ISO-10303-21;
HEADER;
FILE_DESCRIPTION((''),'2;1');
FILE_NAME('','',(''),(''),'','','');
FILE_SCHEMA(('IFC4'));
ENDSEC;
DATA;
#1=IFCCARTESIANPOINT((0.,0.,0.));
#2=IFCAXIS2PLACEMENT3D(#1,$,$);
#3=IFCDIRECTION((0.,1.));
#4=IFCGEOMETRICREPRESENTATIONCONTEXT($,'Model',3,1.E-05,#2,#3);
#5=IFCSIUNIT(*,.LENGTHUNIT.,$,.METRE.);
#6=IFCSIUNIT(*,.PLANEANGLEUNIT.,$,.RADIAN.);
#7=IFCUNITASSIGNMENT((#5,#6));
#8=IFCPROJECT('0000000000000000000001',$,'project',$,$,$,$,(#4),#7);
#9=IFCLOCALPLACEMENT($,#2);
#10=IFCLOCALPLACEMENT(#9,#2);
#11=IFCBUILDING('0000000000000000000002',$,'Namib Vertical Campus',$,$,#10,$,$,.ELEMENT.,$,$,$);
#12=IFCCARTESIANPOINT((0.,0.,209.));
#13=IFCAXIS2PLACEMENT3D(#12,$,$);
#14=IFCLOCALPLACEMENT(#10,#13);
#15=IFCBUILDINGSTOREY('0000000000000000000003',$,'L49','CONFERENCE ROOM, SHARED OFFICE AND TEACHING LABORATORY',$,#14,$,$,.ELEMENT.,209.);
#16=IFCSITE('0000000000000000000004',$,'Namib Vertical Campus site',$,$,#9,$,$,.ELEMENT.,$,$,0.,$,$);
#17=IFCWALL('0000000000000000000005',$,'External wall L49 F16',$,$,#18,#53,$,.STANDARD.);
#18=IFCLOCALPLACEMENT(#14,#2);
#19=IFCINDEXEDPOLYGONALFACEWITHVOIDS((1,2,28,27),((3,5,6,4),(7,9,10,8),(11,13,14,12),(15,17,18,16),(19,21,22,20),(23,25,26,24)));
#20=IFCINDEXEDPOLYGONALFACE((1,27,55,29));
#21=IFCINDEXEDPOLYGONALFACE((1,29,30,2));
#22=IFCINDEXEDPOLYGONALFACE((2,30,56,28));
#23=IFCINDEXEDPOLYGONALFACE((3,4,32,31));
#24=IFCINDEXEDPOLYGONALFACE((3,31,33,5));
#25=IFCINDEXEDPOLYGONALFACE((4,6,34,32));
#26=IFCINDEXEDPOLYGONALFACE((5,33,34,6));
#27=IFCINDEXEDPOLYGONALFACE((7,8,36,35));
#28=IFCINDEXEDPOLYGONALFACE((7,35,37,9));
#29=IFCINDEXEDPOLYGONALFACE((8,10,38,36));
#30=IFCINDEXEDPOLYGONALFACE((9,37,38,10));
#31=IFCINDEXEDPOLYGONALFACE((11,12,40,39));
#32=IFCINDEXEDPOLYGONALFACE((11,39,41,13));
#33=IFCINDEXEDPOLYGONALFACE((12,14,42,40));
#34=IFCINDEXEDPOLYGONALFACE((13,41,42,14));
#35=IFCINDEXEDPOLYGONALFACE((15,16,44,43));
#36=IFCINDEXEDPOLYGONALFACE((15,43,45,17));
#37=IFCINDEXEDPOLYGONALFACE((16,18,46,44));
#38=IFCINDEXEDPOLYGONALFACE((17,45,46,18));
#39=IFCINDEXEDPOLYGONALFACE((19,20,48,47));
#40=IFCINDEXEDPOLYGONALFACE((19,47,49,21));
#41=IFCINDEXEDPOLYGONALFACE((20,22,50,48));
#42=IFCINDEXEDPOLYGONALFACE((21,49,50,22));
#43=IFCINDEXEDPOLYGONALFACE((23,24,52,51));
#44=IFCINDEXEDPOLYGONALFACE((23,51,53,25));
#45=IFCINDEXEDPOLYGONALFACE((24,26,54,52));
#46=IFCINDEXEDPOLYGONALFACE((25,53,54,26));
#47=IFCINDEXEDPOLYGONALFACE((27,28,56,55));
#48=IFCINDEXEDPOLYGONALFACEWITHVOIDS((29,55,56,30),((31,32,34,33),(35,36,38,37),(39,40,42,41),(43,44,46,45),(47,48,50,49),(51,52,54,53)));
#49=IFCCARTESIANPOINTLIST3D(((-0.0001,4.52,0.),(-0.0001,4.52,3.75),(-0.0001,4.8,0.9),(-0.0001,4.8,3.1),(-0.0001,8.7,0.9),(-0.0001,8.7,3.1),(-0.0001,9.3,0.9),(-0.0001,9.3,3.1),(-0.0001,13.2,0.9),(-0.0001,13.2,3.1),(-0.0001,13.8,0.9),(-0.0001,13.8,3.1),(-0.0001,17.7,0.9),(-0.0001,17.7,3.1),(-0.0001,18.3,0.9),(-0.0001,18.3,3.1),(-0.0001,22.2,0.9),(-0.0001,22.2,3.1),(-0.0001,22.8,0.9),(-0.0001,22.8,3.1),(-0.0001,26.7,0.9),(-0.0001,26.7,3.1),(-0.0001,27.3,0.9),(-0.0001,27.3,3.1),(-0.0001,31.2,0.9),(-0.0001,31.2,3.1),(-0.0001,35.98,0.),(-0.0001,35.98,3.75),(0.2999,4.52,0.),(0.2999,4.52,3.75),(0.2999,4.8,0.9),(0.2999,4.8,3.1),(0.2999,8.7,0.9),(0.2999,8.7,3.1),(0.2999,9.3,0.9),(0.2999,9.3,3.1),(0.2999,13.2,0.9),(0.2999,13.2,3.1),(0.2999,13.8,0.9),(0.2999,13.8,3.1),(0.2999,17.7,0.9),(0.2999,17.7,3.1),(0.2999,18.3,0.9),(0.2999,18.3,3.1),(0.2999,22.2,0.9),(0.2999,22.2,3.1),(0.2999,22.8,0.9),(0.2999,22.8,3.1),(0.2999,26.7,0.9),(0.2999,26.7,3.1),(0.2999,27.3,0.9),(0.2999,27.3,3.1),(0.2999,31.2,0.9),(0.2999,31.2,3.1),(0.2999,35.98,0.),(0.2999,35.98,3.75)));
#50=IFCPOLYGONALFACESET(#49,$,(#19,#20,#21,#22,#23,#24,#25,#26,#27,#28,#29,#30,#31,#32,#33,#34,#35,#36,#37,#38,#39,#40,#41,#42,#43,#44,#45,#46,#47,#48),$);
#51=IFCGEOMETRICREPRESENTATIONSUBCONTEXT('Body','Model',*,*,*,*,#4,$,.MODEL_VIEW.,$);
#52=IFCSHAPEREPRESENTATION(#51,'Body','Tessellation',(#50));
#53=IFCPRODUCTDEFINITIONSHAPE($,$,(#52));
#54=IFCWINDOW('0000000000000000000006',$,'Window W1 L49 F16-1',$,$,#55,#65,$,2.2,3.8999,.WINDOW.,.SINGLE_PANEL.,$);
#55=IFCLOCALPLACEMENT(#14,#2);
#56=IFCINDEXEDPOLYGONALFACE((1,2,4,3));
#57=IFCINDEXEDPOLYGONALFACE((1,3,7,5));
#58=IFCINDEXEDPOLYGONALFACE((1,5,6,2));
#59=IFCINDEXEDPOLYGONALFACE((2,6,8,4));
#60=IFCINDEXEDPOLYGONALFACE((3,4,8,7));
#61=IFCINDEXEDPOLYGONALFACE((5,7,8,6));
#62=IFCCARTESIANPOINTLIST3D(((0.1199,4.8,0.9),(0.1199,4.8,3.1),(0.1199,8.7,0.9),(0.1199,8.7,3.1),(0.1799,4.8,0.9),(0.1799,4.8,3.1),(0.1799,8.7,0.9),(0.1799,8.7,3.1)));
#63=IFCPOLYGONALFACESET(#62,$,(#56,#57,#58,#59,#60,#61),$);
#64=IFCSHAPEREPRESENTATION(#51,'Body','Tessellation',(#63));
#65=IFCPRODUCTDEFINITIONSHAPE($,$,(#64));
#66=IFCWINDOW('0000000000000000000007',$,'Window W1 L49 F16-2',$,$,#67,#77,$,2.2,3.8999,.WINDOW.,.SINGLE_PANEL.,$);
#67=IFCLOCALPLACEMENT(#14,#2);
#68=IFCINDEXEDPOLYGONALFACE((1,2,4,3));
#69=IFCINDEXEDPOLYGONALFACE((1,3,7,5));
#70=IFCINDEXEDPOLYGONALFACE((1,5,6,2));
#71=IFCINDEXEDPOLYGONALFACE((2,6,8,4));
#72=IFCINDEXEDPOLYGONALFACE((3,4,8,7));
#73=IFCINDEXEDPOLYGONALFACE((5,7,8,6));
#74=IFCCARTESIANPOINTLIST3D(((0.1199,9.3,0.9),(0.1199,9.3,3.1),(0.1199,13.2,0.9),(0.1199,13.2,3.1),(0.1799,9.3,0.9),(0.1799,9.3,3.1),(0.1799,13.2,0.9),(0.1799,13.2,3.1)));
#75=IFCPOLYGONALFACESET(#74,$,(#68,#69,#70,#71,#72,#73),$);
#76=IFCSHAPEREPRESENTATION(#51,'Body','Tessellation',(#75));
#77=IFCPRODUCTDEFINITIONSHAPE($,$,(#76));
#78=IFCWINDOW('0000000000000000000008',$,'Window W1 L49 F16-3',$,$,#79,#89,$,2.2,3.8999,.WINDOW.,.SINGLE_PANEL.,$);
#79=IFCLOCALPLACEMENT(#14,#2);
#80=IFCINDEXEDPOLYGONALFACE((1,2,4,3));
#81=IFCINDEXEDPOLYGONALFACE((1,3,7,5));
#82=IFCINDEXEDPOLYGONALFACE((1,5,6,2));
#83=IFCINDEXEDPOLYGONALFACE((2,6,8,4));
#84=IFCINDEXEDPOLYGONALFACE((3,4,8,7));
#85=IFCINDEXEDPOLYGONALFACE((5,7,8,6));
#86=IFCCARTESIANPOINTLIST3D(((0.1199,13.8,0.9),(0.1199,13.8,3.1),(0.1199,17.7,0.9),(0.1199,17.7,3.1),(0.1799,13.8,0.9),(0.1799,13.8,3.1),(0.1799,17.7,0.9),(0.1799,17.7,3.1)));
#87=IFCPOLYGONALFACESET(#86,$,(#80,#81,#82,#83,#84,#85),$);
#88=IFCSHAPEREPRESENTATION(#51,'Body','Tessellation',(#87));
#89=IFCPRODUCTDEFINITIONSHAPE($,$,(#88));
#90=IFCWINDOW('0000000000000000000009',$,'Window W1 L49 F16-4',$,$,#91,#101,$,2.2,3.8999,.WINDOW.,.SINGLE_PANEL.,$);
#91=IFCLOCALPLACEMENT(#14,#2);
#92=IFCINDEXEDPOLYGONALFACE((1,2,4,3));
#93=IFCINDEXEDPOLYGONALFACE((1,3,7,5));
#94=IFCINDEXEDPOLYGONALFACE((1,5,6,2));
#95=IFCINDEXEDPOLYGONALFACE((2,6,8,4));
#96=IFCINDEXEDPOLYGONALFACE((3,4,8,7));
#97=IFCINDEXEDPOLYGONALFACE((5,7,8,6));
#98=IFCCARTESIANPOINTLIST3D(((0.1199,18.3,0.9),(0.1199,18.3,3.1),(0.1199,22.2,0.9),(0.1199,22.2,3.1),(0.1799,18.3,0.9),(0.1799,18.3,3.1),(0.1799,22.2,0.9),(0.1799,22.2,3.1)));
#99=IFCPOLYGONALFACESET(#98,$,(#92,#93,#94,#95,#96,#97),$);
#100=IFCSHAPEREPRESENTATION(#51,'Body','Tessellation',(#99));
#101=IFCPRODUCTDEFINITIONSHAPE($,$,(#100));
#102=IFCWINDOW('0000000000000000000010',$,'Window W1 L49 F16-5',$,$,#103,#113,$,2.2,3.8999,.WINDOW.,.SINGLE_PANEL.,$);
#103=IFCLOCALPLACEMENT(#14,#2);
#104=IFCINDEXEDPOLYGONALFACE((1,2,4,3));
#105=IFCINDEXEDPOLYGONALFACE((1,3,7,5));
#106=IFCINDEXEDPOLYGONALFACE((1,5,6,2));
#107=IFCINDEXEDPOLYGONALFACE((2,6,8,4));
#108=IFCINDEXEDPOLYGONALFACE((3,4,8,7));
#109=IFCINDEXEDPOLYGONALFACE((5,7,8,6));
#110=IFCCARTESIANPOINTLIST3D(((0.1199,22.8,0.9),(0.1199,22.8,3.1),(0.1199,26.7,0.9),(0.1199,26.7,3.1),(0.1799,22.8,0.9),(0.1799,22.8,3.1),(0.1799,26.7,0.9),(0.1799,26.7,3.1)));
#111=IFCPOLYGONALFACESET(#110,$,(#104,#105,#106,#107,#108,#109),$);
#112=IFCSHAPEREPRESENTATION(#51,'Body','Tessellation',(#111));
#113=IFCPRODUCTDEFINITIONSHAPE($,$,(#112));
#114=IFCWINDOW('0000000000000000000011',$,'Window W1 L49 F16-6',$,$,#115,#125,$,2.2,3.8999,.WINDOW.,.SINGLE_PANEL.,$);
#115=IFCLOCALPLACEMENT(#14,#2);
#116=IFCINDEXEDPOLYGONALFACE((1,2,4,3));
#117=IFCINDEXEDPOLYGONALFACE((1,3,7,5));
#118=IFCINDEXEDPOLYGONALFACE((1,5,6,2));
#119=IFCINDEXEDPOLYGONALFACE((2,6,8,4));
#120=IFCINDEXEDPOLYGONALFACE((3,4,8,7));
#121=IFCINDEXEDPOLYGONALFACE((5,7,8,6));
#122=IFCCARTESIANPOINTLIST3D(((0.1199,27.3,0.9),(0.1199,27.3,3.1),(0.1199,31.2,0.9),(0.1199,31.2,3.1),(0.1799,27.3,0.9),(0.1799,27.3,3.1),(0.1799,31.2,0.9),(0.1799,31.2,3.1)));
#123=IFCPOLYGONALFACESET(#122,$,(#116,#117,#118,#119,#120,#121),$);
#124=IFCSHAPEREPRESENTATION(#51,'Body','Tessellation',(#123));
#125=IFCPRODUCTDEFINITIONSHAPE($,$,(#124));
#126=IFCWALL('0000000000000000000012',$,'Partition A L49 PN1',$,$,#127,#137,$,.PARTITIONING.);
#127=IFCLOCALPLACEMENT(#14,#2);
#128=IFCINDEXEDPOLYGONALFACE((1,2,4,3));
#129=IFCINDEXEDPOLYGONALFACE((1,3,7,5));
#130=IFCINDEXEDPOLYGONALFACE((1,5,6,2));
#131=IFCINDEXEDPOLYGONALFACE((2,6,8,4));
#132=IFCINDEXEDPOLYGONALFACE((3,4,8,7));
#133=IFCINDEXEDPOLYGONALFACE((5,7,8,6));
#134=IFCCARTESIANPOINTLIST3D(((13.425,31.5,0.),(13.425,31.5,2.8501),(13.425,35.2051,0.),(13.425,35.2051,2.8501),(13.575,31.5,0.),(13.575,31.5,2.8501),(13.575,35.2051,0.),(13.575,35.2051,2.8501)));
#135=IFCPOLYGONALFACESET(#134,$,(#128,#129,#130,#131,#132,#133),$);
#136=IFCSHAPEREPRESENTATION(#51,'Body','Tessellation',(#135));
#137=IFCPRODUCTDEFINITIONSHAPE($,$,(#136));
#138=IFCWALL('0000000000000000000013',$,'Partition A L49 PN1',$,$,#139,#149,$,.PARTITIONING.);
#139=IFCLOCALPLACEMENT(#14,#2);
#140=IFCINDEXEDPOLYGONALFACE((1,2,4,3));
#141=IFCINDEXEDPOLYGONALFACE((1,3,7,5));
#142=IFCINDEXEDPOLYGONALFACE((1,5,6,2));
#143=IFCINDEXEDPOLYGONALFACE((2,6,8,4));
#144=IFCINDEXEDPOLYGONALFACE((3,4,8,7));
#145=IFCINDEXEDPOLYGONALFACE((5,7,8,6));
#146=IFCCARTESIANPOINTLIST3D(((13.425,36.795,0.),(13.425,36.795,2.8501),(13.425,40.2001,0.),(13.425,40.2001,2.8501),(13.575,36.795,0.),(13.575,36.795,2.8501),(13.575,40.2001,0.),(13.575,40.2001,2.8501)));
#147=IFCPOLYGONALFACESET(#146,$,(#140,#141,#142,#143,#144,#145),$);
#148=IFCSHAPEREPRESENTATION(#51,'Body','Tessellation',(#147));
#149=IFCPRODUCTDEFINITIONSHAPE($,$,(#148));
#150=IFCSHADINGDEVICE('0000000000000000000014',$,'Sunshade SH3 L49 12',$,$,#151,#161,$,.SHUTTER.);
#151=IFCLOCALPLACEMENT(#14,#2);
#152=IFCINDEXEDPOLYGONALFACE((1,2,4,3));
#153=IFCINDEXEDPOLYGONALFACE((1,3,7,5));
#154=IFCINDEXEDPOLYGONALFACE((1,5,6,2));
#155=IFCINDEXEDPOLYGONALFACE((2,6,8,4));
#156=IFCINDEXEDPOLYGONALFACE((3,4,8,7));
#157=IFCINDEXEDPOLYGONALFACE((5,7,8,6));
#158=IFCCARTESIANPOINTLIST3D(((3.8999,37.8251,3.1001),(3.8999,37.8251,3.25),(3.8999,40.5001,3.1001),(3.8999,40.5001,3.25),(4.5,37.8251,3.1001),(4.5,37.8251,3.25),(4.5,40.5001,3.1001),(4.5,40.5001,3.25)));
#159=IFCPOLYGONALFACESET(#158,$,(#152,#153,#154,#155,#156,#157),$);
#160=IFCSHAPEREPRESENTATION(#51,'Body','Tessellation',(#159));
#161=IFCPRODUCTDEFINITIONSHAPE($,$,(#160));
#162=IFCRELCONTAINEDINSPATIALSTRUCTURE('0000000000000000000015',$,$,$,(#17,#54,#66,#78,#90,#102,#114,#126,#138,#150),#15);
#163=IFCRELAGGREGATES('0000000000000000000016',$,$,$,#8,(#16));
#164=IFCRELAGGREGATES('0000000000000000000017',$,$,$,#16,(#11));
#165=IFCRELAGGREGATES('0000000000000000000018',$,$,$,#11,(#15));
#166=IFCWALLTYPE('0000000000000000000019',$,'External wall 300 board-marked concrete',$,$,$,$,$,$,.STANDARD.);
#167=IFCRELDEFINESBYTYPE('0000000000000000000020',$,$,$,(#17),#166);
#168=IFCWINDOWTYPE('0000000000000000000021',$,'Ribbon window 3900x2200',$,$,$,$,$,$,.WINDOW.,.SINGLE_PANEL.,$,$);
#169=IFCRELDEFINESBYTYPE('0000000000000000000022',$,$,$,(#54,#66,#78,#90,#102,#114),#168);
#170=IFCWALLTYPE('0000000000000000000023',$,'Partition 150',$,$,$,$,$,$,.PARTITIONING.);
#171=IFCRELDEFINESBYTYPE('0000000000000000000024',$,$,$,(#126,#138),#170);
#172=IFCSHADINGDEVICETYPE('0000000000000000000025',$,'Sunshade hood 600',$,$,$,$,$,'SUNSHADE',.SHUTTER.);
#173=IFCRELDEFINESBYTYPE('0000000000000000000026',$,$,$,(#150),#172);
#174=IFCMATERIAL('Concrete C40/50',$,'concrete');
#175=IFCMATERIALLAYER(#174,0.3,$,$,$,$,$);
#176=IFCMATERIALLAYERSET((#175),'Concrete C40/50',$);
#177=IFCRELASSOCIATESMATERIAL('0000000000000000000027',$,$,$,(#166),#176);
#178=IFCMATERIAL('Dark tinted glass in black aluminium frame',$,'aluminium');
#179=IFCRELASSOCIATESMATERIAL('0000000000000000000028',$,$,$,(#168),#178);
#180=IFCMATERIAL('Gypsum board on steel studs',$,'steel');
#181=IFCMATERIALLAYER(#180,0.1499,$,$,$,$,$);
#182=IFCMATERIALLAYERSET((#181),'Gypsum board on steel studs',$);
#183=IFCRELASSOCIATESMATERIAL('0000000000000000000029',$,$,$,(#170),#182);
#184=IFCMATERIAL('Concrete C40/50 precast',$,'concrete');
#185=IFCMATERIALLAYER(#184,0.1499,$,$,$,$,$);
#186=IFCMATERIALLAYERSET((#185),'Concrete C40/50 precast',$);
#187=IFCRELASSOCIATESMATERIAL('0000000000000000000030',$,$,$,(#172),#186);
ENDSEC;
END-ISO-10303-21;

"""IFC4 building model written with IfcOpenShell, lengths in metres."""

from ifc_helpers import new_model, si_unit, direction, frame, frame_2d, origin, origin_2d, place, context, subcontext, project, spatial, rectangle, extrude, material, layer, layer_set, type_object, element, fill, save


model = new_model("IFC4")

# Units and contexts
model_context = context("Model", 3, precision=1e-05, world=origin(), true_north=direction((0.0, 1.0)))
body_context = subcontext(model_context, "Body", "Model", "MODEL_VIEW")
ifc_project = project(units=[si_unit("LENGTHUNIT", "METRE"), si_unit("PLANEANGLEUNIT", "RADIAN")], contexts=[model_context])

# Site, building, storey
site_placement = place(None, origin())
site = spatial("IfcSite", under=ifc_project, at=site_placement, Name="Namib Vertical Campus site", CompositionType="ELEMENT", RefElevation=0.0)
building_placement = place(site_placement, origin())
building = spatial("IfcBuilding", under=site, at=building_placement, Name="Namib Vertical Campus", CompositionType="ELEMENT")
storey_placement = place(building_placement, frame((0.0, 0.0, 209.0)))
storey = spatial("IfcBuildingStorey", under=building, at=storey_placement, Name="L49", Description="CONFERENCE ROOM, SHARED OFFICE AND TEACHING LABORATORY", CompositionType="ELEMENT", Elevation=209.0)

# Shared definitions
ifc_material_1 = material(Name="Concrete C40/50", Category="concrete")
ifc_layer_1 = layer(ifc_material_1, 0.3)
ifc_layer_set_1 = layer_set([ifc_layer_1], Name="Concrete C40/50")
wall_type_1 = type_object("IfcWallType", Name="External wall 300 board-marked concrete", PredefinedType="STANDARD", material=ifc_layer_set_1)

# Wall, openings, windows
wall_1_placement = place(storey_placement, frame((0.1499, 35.98, 0.0), z_axis=(0.0, 0.0, 1.0), x_axis=(0.0, -1.0, 0.0)))
wall_1 = element("IfcWall", 1, at=wall_1_placement, inside=storey, type_object=wall_type_1, Name="External wall L49 F16", PredefinedType="STANDARD", context=body_context, shape_type="SweptSolid", body=[
    extrude(rectangle(XDim=31.46, YDim=0.3, at=frame_2d((15.73, 0.0))), origin(), (0.0, 0.0, 1.0), 3.75),
])
opening_1_placement = place(wall_1_placement, frame((27.28, 0.0, 0.8999)))
opening_1 = element("IfcOpeningElement", 2, at=opening_1_placement, cuts=wall_1, PredefinedType="OPENING", context=body_context, shape_type="SweptSolid", body=[
    extrude(rectangle(XDim=3.8999, YDim=2.2, at=frame_2d((1.95, 1.1001))), frame((0.0, 0.1599, 0.0), z_axis=(0.0, -1.0, 0.0), x_axis=(1.0, 0.0, 0.0)), (0.0, 0.0, 1.0), 0.3201),
])
opening_2_placement = place(wall_1_placement, frame((22.78, 0.0, 0.8999)))
opening_2 = element("IfcOpeningElement", 3, at=opening_2_placement, cuts=wall_1, PredefinedType="OPENING", context=body_context, shape_type="SweptSolid", body=[
    extrude(rectangle(XDim=3.8999, YDim=2.2, at=frame_2d((1.95, 1.1001))), frame((0.0, 0.1599, 0.0), z_axis=(0.0, -1.0, 0.0), x_axis=(1.0, 0.0, 0.0)), (0.0, 0.0, 1.0), 0.3201),
])
opening_3_placement = place(wall_1_placement, frame((18.28, 0.0, 0.8999)))
opening_3 = element("IfcOpeningElement", 4, at=opening_3_placement, cuts=wall_1, PredefinedType="OPENING", context=body_context, shape_type="SweptSolid", body=[
    extrude(rectangle(XDim=3.8999, YDim=2.2, at=frame_2d((1.95, 1.1001))), frame((0.0, 0.1599, 0.0), z_axis=(0.0, -1.0, 0.0), x_axis=(1.0, 0.0, 0.0)), (0.0, 0.0, 1.0), 0.3201),
])
opening_4_placement = place(wall_1_placement, frame((13.78, 0.0, 0.8999)))
opening_4 = element("IfcOpeningElement", 5, at=opening_4_placement, cuts=wall_1, PredefinedType="OPENING", context=body_context, shape_type="SweptSolid", body=[
    extrude(rectangle(XDim=3.8999, YDim=2.2, at=frame_2d((1.95, 1.1001))), frame((0.0, 0.1599, 0.0), z_axis=(0.0, -1.0, 0.0), x_axis=(1.0, 0.0, 0.0)), (0.0, 0.0, 1.0), 0.3201),
])
opening_5_placement = place(wall_1_placement, frame((9.28, 0.0, 0.8999)))
opening_5 = element("IfcOpeningElement", 6, at=opening_5_placement, cuts=wall_1, PredefinedType="OPENING", context=body_context, shape_type="SweptSolid", body=[
    extrude(rectangle(XDim=3.8999, YDim=2.2, at=frame_2d((1.95, 1.1001))), frame((0.0, 0.1599, 0.0), z_axis=(0.0, -1.0, 0.0), x_axis=(1.0, 0.0, 0.0)), (0.0, 0.0, 1.0), 0.3201),
])
opening_6_placement = place(wall_1_placement, frame((4.78, 0.0, 0.8999)))
opening_6 = element("IfcOpeningElement", 7, at=opening_6_placement, cuts=wall_1, PredefinedType="OPENING", context=body_context, shape_type="SweptSolid", body=[
    extrude(rectangle(XDim=3.8999, YDim=2.2, at=frame_2d((1.95, 1.1001))), frame((0.0, 0.1599, 0.0), z_axis=(0.0, -1.0, 0.0), x_axis=(1.0, 0.0, 0.0)), (0.0, 0.0, 1.0), 0.3201),
])
ifc_material_2 = material(Name="Dark tinted glass in black aluminium frame", Category="aluminium")
window_type = type_object("IfcWindowType", Name="Ribbon window 3900x2200", PartitioningType="SINGLE_PANEL", PredefinedType="WINDOW", material=ifc_material_2)
window_1_placement = place(opening_1_placement, origin())
window_1 = element("IfcWindow", 8, at=window_1_placement, inside=storey, type_object=window_type, Name="Window W1 L49 F16-1", OverallHeight=2.2, OverallWidth=3.8999, PartitioningType="SINGLE_PANEL", PredefinedType="WINDOW", context=body_context, shape_type="SweptSolid", body=[
    extrude(rectangle(XDim=3.8999, YDim=2.2, at=frame_2d((1.95, 1.1001))), frame((0.0, 0.03, 0.0), z_axis=(0.0, -1.0, 0.0), x_axis=(1.0, 0.0, 0.0)), (0.0, 0.0, 1.0), 0.0601),
])
fill(opening_1, window_1)
window_2_placement = place(opening_2_placement, origin())
window_2 = element("IfcWindow", 9, at=window_2_placement, inside=storey, type_object=window_type, Name="Window W1 L49 F16-2", OverallHeight=2.2, OverallWidth=3.8999, PartitioningType="SINGLE_PANEL", PredefinedType="WINDOW", context=body_context, shape_type="SweptSolid", body=[
    extrude(rectangle(XDim=3.8999, YDim=2.2, at=frame_2d((1.95, 1.1001))), frame((0.0, 0.03, 0.0), z_axis=(0.0, -1.0, 0.0), x_axis=(1.0, 0.0, 0.0)), (0.0, 0.0, 1.0), 0.0601),
])
fill(opening_2, window_2)
window_3_placement = place(opening_3_placement, origin())
window_3 = element("IfcWindow", 10, at=window_3_placement, inside=storey, type_object=window_type, Name="Window W1 L49 F16-3", OverallHeight=2.2, OverallWidth=3.8999, PartitioningType="SINGLE_PANEL", PredefinedType="WINDOW", context=body_context, shape_type="SweptSolid", body=[
    extrude(rectangle(XDim=3.8999, YDim=2.2, at=frame_2d((1.95, 1.1001))), frame((0.0, 0.03, 0.0), z_axis=(0.0, -1.0, 0.0), x_axis=(1.0, 0.0, 0.0)), (0.0, 0.0, 1.0), 0.0601),
])
fill(opening_3, window_3)
window_4_placement = place(opening_4_placement, origin())
window_4 = element("IfcWindow", 11, at=window_4_placement, inside=storey, type_object=window_type, Name="Window W1 L49 F16-4", OverallHeight=2.2, OverallWidth=3.8999, PartitioningType="SINGLE_PANEL", PredefinedType="WINDOW", context=body_context, shape_type="SweptSolid", body=[
    extrude(rectangle(XDim=3.8999, YDim=2.2, at=frame_2d((1.95, 1.1001))), frame((0.0, 0.03, 0.0), z_axis=(0.0, -1.0, 0.0), x_axis=(1.0, 0.0, 0.0)), (0.0, 0.0, 1.0), 0.0601),
])
fill(opening_4, window_4)
window_5_placement = place(opening_5_placement, origin())
window_5 = element("IfcWindow", 12, at=window_5_placement, inside=storey, type_object=window_type, Name="Window W1 L49 F16-5", OverallHeight=2.2, OverallWidth=3.8999, PartitioningType="SINGLE_PANEL", PredefinedType="WINDOW", context=body_context, shape_type="SweptSolid", body=[
    extrude(rectangle(XDim=3.8999, YDim=2.2, at=frame_2d((1.95, 1.1001))), frame((0.0, 0.03, 0.0), z_axis=(0.0, -1.0, 0.0), x_axis=(1.0, 0.0, 0.0)), (0.0, 0.0, 1.0), 0.0601),
])
fill(opening_5, window_5)
window_6_placement = place(opening_6_placement, origin())
window_6 = element("IfcWindow", 13, at=window_6_placement, inside=storey, type_object=window_type, Name="Window W1 L49 F16-6", OverallHeight=2.2, OverallWidth=3.8999, PartitioningType="SINGLE_PANEL", PredefinedType="WINDOW", context=body_context, shape_type="SweptSolid", body=[
    extrude(rectangle(XDim=3.8999, YDim=2.2, at=frame_2d((1.95, 1.1001))), frame((0.0, 0.03, 0.0), z_axis=(0.0, -1.0, 0.0), x_axis=(1.0, 0.0, 0.0)), (0.0, 0.0, 1.0), 0.0601),
])
fill(opening_6, window_6)

# Walls
ifc_material_3 = material(Name="Gypsum board on steel studs", Category="steel")
ifc_layer_2 = layer(ifc_material_3, 0.1499)
ifc_layer_set_2 = layer_set([ifc_layer_2], Name="Gypsum board on steel studs")
wall_type_2 = type_object("IfcWallType", Name="Partition 150", PredefinedType="PARTITIONING", material=ifc_layer_set_2)
wall_2_placement = place(storey_placement, frame((13.5, 31.5, 0.0), z_axis=(0.0, 0.0, 1.0), x_axis=(0.0, 1.0, 0.0)))
element("IfcWall", 14, at=wall_2_placement, inside=storey, type_object=wall_type_2, Name="Partition A L49 PN1", PredefinedType="PARTITIONING", context=body_context, shape_type="SweptSolid", body=[
    extrude(rectangle(XDim=3.7051, YDim=0.1499, at=frame_2d((1.8525, 0.0))), origin(), (0.0, 0.0, 1.0), 2.8501),
])
wall_3_placement = place(storey_placement, frame((13.5, 36.7949, 0.0), z_axis=(0.0, 0.0, 1.0), x_axis=(0.0, 1.0, 0.0)))
element("IfcWall", 15, at=wall_3_placement, inside=storey, type_object=wall_type_2, Name="Partition A L49 PN1", PredefinedType="PARTITIONING", context=body_context, shape_type="SweptSolid", body=[
    extrude(rectangle(XDim=3.405, YDim=0.1499, at=frame_2d((1.7026, 0.0))), origin(), (0.0, 0.0, 1.0), 2.8501),
])

# Shading device
ifc_material_4 = material(Name="Concrete C40/50 precast", Category="concrete")
ifc_layer_3 = layer(ifc_material_4, 0.1499)
ifc_layer_set_3 = layer_set([ifc_layer_3], Name="Concrete C40/50 precast")
shading_device_type = type_object("IfcShadingDeviceType", Name="Sunshade hood 600", ElementType="SUNSHADE", PredefinedType="SHUTTER", material=ifc_layer_set_3)
for number, where, z_axis, x_axis, name in (
    (16, (4.2, 39.1626, 3.1001), (0.0, 0.0, 1.0), (0.0, -1.0, 0.0), "Sunshade SH3 L49 12"),
):
    element("IfcShadingDevice", number, at=place(storey_placement, frame(where, z_axis=z_axis, x_axis=x_axis)), inside=storey, type_object=shading_device_type, Name=name, PredefinedType="SHUTTER", context=body_context, shape_type="SweptSolid", body=[
        extrude(rectangle(XDim=2.675, YDim=0.6001, at=origin_2d()), origin(), (0.0, 0.0, 1.0), 0.1499),
    ])

save(model, "model.ifc")
